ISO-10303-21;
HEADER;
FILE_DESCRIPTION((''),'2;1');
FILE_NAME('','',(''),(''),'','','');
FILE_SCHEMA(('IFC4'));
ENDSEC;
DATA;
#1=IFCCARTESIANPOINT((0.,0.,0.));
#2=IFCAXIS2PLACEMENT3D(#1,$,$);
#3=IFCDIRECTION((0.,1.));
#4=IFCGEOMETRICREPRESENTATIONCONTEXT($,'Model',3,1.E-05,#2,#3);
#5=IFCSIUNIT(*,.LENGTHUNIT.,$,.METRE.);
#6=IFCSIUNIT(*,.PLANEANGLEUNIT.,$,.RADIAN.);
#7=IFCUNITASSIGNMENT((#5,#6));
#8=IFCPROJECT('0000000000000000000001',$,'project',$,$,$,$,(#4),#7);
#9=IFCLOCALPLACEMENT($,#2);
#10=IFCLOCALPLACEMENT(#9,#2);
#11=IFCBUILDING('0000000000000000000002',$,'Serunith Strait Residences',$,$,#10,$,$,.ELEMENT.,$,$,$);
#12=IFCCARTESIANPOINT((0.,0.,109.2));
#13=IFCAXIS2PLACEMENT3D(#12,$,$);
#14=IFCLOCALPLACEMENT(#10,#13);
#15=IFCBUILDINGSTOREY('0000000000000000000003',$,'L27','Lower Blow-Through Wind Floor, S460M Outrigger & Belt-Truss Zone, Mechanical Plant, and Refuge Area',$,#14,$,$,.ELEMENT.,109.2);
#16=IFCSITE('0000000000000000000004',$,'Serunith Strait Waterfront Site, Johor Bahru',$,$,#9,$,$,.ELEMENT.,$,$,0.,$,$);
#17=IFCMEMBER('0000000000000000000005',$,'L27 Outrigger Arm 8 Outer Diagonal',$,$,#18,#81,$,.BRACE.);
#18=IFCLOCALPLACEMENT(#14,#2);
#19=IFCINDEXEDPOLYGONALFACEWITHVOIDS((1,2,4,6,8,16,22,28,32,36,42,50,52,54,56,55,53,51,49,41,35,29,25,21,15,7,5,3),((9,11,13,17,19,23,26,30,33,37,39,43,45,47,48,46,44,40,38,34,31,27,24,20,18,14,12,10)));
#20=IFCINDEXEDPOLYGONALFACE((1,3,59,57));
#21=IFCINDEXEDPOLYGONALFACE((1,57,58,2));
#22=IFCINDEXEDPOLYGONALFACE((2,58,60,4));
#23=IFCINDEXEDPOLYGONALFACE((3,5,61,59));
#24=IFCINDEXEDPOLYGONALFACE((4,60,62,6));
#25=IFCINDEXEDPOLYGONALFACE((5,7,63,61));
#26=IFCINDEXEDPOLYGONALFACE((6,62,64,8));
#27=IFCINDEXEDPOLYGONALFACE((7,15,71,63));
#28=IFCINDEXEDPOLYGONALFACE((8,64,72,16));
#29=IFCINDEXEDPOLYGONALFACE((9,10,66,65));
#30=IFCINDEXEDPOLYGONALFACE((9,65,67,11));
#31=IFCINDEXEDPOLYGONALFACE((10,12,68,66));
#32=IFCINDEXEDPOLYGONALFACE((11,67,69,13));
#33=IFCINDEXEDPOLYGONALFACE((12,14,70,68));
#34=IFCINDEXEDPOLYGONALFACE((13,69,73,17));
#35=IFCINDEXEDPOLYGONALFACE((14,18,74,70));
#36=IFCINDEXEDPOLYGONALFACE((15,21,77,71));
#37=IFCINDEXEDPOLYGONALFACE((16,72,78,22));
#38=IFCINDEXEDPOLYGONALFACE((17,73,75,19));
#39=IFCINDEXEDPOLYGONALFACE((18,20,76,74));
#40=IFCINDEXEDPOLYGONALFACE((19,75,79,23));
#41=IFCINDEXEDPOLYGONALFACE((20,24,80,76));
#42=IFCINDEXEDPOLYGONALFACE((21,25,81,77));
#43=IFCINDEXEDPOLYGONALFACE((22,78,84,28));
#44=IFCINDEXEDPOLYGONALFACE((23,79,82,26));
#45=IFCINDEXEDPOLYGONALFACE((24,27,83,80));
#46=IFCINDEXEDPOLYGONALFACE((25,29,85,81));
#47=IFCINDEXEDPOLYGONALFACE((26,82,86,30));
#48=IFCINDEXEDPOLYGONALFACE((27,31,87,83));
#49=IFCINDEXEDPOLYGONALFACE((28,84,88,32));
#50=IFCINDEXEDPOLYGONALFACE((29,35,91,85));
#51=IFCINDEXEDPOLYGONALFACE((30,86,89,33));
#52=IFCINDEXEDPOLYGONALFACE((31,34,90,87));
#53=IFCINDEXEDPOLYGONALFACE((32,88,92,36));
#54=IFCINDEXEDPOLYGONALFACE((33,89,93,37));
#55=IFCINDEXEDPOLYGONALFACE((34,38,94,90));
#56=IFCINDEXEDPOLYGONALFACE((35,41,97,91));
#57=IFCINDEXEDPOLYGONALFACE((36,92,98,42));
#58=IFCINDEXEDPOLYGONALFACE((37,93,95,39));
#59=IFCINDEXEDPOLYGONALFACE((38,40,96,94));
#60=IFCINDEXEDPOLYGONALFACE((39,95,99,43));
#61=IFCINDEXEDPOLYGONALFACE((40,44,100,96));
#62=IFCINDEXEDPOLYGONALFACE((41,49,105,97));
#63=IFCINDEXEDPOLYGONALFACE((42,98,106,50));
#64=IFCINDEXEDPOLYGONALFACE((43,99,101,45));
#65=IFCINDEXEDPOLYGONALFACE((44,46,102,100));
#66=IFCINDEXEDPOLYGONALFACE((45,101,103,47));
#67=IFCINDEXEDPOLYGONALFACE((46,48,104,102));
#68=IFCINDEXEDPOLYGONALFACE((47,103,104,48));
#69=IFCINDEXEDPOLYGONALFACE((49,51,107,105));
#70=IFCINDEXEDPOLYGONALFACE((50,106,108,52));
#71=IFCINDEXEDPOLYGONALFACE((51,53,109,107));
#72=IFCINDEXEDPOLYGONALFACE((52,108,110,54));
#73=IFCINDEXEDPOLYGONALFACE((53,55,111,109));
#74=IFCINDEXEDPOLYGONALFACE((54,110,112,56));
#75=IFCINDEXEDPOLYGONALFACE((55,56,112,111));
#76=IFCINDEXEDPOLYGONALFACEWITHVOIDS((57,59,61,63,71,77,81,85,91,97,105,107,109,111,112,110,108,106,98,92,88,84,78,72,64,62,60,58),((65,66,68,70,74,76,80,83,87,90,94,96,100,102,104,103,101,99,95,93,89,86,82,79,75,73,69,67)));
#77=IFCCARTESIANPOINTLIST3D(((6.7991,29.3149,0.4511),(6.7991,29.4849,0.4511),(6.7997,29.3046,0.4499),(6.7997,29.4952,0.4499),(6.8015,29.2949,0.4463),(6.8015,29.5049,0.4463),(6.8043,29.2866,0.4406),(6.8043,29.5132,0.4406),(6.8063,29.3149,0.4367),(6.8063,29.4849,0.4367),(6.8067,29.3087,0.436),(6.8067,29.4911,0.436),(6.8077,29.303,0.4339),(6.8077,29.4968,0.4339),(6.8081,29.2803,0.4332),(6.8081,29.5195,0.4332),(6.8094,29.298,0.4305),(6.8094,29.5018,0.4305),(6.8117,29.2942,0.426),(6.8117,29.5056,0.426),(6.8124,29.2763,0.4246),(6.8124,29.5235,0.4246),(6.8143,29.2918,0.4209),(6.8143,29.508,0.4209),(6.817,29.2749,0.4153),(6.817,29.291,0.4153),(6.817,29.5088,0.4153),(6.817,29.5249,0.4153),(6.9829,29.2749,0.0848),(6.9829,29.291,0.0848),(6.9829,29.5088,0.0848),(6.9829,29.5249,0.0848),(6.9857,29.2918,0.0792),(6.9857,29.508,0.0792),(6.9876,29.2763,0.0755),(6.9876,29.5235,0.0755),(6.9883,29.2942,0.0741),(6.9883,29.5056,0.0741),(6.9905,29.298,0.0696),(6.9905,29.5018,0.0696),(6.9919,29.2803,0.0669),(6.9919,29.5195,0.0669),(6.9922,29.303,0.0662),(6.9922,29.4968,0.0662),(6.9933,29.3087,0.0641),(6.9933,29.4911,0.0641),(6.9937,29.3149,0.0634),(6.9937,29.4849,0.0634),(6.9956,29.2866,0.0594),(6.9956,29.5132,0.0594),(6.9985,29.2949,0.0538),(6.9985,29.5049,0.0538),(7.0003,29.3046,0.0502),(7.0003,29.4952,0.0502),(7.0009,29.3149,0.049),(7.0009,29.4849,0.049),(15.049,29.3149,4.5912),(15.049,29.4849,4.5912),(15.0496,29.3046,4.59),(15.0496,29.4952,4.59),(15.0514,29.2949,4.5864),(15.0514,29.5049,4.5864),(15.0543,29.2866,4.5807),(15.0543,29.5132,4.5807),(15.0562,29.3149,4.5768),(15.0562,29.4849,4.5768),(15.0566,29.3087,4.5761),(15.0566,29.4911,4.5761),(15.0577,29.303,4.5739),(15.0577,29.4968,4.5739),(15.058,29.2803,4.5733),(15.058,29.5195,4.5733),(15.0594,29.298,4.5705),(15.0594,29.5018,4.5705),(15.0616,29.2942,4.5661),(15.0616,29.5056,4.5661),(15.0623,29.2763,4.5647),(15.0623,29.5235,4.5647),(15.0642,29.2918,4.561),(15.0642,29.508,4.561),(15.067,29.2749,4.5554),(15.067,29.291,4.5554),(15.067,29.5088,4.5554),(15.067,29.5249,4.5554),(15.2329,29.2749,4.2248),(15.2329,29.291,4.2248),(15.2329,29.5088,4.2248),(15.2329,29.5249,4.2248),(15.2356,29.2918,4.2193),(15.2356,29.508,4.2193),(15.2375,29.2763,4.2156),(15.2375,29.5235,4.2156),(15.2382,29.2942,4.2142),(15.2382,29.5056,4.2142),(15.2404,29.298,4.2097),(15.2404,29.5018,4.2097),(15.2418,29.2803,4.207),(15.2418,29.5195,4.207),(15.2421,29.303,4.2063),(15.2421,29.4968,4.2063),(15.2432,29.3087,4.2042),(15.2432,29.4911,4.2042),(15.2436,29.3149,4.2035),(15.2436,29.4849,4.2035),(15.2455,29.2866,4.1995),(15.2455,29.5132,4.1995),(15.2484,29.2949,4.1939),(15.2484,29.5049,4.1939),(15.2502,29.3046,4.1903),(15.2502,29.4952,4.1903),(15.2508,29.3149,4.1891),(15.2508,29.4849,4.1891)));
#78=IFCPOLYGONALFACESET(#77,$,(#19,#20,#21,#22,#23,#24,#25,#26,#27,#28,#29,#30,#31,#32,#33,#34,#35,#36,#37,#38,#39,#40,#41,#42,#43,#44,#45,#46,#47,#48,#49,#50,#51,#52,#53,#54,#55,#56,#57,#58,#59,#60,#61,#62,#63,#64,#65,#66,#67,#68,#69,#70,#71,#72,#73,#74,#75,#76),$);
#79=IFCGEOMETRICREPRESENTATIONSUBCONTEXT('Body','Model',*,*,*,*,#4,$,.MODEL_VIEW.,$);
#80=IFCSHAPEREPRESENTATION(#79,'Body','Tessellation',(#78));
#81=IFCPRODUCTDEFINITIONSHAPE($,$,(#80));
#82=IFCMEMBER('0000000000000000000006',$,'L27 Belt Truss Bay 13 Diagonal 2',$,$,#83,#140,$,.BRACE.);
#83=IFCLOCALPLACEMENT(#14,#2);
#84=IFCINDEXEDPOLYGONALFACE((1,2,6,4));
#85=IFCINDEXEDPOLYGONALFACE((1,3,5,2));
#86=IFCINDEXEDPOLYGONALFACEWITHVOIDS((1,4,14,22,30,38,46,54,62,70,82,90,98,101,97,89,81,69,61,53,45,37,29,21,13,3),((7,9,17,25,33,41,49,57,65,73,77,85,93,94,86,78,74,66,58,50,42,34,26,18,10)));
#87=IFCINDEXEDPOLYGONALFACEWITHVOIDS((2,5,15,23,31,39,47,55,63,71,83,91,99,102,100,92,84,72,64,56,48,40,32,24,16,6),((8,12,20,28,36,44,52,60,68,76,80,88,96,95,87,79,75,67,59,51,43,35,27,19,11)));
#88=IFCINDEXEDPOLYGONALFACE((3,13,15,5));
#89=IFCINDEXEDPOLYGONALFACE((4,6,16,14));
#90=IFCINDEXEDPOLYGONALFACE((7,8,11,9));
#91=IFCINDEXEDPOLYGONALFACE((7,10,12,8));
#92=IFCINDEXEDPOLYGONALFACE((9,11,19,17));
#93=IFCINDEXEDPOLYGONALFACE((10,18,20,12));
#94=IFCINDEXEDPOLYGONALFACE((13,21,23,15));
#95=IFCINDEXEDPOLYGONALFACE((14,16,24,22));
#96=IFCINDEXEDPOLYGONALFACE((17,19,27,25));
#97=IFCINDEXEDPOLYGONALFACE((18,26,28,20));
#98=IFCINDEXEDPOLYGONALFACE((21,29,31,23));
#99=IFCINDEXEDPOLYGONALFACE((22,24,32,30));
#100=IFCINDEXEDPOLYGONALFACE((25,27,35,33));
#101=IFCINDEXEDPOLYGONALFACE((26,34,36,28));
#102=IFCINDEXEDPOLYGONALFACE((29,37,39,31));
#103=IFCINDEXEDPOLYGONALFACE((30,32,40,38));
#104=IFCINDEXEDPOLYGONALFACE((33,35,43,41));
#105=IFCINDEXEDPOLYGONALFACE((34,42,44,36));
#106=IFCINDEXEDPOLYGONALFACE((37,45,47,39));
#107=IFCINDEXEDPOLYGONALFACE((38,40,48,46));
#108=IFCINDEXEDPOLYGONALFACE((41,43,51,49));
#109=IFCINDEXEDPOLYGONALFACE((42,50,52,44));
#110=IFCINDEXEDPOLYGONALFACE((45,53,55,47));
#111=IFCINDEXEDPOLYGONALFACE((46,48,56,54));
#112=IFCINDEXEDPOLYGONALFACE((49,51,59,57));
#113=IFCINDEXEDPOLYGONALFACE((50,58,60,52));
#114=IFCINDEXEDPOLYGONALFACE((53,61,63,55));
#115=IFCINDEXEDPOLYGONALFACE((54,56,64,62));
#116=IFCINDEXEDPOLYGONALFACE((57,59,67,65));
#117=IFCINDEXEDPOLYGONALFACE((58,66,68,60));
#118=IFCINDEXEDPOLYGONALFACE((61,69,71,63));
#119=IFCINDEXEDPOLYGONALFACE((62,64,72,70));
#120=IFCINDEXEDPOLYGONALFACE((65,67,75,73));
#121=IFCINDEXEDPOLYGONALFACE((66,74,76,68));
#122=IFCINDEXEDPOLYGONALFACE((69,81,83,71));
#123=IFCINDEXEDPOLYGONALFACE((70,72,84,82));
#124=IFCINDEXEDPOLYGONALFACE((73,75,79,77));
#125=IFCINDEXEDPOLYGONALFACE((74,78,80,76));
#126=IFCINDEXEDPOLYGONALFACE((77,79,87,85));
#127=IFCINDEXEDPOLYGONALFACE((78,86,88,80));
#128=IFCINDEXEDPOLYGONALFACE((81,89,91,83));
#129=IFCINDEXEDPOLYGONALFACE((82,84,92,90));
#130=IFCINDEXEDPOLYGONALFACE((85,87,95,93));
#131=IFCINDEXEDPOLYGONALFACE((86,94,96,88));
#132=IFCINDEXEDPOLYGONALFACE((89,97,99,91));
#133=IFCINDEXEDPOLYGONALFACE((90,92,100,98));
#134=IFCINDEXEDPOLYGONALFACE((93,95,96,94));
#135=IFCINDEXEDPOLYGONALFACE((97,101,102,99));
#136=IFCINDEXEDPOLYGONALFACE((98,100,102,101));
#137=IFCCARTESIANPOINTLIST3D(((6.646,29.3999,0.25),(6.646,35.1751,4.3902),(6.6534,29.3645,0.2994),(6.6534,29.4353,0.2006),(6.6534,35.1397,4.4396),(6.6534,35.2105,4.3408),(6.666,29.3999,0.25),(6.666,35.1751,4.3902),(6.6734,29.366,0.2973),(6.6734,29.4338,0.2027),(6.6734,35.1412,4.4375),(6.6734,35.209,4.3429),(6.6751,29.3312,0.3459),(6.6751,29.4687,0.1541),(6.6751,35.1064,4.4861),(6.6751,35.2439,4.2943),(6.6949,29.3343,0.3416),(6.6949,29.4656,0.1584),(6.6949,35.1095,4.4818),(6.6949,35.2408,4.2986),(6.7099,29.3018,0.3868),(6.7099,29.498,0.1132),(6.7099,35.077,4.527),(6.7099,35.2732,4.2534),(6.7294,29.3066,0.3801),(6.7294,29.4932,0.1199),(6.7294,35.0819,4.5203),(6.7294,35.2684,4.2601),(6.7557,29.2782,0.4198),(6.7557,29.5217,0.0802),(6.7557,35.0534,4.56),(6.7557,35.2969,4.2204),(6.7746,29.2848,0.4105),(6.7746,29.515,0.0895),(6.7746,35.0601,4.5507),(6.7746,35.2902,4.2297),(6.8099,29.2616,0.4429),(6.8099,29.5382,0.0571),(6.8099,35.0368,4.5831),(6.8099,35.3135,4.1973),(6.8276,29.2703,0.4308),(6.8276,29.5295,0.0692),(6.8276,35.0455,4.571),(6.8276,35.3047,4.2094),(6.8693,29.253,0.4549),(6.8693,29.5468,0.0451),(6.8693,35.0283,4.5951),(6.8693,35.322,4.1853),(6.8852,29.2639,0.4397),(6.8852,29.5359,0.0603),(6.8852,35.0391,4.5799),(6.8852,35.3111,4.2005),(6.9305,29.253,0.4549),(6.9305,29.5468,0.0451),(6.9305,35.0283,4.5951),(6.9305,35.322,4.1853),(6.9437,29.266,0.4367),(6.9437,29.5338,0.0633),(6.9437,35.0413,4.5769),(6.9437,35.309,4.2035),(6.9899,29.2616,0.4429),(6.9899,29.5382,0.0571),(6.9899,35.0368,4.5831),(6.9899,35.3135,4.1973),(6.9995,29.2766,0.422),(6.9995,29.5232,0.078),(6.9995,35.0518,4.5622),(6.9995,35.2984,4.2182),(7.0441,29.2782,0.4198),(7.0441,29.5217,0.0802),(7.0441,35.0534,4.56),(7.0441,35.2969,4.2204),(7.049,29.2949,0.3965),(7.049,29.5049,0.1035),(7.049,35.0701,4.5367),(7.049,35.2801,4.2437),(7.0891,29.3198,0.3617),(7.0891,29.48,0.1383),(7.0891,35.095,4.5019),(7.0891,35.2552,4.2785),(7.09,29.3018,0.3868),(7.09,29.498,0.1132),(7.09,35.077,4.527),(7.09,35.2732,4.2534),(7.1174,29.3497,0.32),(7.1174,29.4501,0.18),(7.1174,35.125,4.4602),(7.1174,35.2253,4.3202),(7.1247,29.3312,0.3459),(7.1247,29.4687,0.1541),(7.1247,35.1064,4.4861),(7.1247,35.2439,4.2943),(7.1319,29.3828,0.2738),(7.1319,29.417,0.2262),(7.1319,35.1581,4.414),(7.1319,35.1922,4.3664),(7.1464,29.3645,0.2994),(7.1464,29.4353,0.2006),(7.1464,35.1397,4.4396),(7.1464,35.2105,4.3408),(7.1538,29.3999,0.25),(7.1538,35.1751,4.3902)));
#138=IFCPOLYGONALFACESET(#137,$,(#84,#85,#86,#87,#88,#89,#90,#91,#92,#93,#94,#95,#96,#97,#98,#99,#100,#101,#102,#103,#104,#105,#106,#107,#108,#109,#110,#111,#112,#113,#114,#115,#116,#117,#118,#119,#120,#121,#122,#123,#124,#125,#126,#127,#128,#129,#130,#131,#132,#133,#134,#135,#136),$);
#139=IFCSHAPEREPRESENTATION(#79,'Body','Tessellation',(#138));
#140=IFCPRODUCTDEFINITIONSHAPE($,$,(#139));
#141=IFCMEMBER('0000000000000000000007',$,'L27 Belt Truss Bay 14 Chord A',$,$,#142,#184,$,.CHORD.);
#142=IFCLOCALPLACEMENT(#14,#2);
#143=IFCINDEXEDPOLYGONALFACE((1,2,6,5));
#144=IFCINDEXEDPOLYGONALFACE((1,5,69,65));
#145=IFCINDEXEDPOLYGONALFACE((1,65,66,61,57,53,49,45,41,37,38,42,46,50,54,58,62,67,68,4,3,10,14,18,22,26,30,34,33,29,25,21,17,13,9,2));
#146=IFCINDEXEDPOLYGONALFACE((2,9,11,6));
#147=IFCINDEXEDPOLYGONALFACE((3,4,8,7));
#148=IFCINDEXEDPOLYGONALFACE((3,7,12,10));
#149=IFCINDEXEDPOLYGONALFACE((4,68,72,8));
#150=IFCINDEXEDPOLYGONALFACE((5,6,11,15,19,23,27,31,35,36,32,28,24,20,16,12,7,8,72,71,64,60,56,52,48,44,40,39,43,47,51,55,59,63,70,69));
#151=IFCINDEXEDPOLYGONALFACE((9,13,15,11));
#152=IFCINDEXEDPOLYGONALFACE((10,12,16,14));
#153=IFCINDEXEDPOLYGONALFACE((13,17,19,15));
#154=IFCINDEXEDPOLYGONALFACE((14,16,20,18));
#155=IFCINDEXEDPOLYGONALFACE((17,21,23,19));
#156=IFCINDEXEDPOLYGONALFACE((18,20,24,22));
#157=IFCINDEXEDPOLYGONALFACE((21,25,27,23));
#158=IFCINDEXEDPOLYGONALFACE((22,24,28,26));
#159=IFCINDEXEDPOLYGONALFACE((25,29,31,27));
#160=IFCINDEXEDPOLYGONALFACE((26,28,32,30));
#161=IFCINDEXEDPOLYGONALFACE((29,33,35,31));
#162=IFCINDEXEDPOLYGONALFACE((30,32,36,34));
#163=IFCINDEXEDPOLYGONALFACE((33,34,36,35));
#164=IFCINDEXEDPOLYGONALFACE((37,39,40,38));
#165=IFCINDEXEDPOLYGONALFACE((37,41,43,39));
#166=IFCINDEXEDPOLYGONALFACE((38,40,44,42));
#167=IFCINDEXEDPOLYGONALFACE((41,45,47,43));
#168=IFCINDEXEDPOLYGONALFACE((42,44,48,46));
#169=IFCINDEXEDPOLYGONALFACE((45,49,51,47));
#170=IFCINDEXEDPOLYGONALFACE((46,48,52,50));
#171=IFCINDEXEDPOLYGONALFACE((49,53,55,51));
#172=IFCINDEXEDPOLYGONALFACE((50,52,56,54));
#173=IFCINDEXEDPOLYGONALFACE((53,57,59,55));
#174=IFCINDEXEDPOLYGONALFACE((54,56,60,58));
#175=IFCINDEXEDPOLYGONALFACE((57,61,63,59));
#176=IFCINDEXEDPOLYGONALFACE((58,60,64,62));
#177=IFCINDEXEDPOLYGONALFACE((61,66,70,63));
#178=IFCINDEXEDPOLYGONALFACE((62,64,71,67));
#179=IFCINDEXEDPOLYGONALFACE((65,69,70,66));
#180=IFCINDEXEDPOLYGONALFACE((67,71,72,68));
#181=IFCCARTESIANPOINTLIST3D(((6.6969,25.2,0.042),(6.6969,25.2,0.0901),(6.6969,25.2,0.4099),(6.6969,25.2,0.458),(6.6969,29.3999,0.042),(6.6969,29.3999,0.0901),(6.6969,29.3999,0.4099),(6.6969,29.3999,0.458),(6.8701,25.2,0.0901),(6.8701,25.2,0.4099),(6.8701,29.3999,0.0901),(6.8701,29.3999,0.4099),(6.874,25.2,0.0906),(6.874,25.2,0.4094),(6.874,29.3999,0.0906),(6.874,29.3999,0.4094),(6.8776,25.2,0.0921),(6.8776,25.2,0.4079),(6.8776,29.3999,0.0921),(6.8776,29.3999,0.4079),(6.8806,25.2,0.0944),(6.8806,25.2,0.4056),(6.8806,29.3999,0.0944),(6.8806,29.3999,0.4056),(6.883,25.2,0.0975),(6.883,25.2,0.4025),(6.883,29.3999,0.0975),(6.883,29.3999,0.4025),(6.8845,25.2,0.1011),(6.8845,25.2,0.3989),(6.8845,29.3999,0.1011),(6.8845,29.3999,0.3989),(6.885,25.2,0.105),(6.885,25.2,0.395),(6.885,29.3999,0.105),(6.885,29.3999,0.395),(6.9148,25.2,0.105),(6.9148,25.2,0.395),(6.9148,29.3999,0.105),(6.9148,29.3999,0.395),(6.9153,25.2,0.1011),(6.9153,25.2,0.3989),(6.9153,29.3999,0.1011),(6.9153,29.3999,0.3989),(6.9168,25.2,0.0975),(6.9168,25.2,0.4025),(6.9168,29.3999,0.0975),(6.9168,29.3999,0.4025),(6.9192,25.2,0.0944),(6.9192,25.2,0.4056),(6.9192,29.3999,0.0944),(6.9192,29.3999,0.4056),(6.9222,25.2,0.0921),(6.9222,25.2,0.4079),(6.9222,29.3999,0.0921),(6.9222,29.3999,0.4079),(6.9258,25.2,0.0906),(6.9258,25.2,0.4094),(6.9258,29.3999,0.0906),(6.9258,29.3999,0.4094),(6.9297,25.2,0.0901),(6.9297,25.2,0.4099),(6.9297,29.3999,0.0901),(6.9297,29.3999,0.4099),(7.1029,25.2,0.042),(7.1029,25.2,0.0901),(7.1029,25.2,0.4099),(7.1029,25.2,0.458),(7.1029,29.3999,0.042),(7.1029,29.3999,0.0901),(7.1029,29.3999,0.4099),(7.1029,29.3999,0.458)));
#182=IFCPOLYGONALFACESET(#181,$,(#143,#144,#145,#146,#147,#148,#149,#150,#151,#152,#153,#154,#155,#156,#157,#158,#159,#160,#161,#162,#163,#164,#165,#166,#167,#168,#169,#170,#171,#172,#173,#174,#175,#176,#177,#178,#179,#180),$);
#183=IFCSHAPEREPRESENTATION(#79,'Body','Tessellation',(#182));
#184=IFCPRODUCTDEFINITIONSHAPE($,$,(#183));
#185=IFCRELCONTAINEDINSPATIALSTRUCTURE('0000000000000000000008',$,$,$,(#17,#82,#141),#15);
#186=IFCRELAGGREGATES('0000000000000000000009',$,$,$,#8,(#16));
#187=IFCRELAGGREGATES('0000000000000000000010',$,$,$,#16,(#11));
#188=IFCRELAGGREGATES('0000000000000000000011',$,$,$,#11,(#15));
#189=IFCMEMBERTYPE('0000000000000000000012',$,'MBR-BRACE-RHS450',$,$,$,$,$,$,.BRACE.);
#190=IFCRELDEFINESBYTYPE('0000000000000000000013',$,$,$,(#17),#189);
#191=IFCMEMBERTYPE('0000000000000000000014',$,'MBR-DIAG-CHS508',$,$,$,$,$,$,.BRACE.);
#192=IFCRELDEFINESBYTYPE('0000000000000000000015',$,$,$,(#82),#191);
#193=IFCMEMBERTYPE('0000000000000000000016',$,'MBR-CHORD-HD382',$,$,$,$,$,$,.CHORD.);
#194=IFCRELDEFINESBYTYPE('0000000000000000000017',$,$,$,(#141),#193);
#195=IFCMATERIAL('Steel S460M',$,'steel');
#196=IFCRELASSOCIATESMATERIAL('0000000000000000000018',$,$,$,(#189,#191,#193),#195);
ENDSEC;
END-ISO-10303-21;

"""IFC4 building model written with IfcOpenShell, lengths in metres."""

from ifc_helpers import new_model, si_unit, direction, frame, origin, origin_2d, place, context, subcontext, project, spatial, hollow_rectangle, hollow_circle, i_section, extrude, source, transform, mapped, material, material_profile, profile_set, type_object, element, save


model = new_model("IFC4")

# Units and contexts
model_context = context("Model", 3, precision=1e-05, world=origin(), true_north=direction((0.0, 1.0)))
body_context = subcontext(model_context, "Body", "Model", "MODEL_VIEW")
ifc_project = project(units=[si_unit("LENGTHUNIT", "METRE"), si_unit("PLANEANGLEUNIT", "RADIAN")], contexts=[model_context])

# Site, building, storey
site_placement = place(None, origin())
site = spatial("IfcSite", under=ifc_project, at=site_placement, Name="Serunith Strait Waterfront Site, Johor Bahru", CompositionType="ELEMENT", RefElevation=0.0)
building_placement = place(site_placement, origin())
building = spatial("IfcBuilding", under=site, at=building_placement, Name="Serunith Strait Residences", CompositionType="ELEMENT")
storey_placement = place(building_placement, frame((0.0, 0.0, 109.2)))
storey = spatial("IfcBuildingStorey", under=building, at=storey_placement, Name="L27", Description="Lower Blow-Through Wind Floor, S460M Outrigger & Belt-Truss Zone, Mechanical Plant, and Refuge Area", CompositionType="ELEMENT", Elevation=109.2)

# Members
ifc_material_1 = material(Name="Steel S460M", Category="steel")
ifc_material_profile_1 = material_profile(ifc_material_1, hollow_rectangle(XDim=0.25, YDim=0.45, WallThickness=0.0161, InnerFilletRadius=0.0239, OuterFilletRadius=0.04, at=origin_2d()), Name="RHS 450x250x16")
ifc_profile_set_1 = profile_set([ifc_material_profile_1], Name="Steel S460M")
member_type_1 = type_object("IfcMemberType", Name="MBR-BRACE-RHS450", PredefinedType="BRACE", material=ifc_profile_set_1)
shared_shape_1 = source(origin(), body_context, "Body", "SweptSolid", [
    extrude(hollow_rectangle(XDim=0.25, YDim=0.45, WallThickness=0.0161, InnerFilletRadius=0.0239, OuterFilletRadius=0.04, at=origin_2d()), origin(), (0.0, 0.0, 1.0), 9.2305),
])
member_1_placement = place(storey_placement, frame((15.1499, 29.3999, 4.3901), z_axis=(-0.89377, 0.0, -0.448525), x_axis=(0.0, -1.0, 0.0)))
element("IfcMember", 1, at=member_1_placement, inside=storey, type_object=member_type_1, Name="L27 Outrigger Arm 8 Outer Diagonal", PredefinedType="BRACE", context=body_context, shape_type="MappedRepresentation", body=[
    mapped(shared_shape_1, transform((0.0, 0.0, 0.0), scale=1.0)),
])
ifc_material_profile_2 = material_profile(ifc_material_1, hollow_circle(Radius=0.2539, WallThickness=0.02, at=origin_2d()), Name="CHS 508x20")
ifc_profile_set_2 = profile_set([ifc_material_profile_2], Name="Steel S460M")
member_type_2 = type_object("IfcMemberType", Name="MBR-DIAG-CHS508", PredefinedType="BRACE", material=ifc_profile_set_2)
shared_shape_2 = source(origin(), body_context, "Body", "SweptSolid", [
    extrude(hollow_circle(Radius=0.2539, WallThickness=0.02, at=origin_2d()), origin(), (0.0, 0.0, 1.0), 7.106),
])
member_2_placement = place(storey_placement, frame((6.8999, 29.3999, 0.25), z_axis=(0.0, 0.812732, 0.582638), x_axis=(-1.0, 0.0, 0.0)))
element("IfcMember", 2, at=member_2_placement, inside=storey, type_object=member_type_2, Name="L27 Belt Truss Bay 13 Diagonal 2", PredefinedType="BRACE", context=body_context, shape_type="MappedRepresentation", body=[
    mapped(shared_shape_2, transform((0.0, 0.0, 0.0), scale=1.0)),
])
ifc_material_profile_3 = material_profile(ifc_material_1, i_section(OverallWidth=0.406, OverallDepth=0.416, WebThickness=0.0298, FlangeThickness=0.0481, FilletRadius=0.0149, at=origin_2d()), Name="HD 400x382")
ifc_profile_set_3 = profile_set([ifc_material_profile_3], Name="Steel S460M")
member_type_3 = type_object("IfcMemberType", Name="MBR-CHORD-HD382", PredefinedType="CHORD", material=ifc_profile_set_3)
shared_shape_3 = source(origin(), body_context, "Body", "SweptSolid", [
    extrude(i_section(OverallWidth=0.406, OverallDepth=0.416, WebThickness=0.0298, FlangeThickness=0.0481, FilletRadius=0.0149, at=origin_2d()), origin(), (0.0, 0.0, 1.0), 4.2),
])
member_3_placement = place(storey_placement, frame((6.8999, 29.3999, 0.25), z_axis=(0.0, -1.0, 0.0), x_axis=(1.0, 0.0, 0.0)))
element("IfcMember", 3, at=member_3_placement, inside=storey, type_object=member_type_3, Name="L27 Belt Truss Bay 14 Chord A", PredefinedType="CHORD", context=body_context, shape_type="MappedRepresentation", body=[
    mapped(shared_shape_3, transform((0.0, 0.0, 0.0), scale=1.0)),
])

save(model, "model.ifc")
